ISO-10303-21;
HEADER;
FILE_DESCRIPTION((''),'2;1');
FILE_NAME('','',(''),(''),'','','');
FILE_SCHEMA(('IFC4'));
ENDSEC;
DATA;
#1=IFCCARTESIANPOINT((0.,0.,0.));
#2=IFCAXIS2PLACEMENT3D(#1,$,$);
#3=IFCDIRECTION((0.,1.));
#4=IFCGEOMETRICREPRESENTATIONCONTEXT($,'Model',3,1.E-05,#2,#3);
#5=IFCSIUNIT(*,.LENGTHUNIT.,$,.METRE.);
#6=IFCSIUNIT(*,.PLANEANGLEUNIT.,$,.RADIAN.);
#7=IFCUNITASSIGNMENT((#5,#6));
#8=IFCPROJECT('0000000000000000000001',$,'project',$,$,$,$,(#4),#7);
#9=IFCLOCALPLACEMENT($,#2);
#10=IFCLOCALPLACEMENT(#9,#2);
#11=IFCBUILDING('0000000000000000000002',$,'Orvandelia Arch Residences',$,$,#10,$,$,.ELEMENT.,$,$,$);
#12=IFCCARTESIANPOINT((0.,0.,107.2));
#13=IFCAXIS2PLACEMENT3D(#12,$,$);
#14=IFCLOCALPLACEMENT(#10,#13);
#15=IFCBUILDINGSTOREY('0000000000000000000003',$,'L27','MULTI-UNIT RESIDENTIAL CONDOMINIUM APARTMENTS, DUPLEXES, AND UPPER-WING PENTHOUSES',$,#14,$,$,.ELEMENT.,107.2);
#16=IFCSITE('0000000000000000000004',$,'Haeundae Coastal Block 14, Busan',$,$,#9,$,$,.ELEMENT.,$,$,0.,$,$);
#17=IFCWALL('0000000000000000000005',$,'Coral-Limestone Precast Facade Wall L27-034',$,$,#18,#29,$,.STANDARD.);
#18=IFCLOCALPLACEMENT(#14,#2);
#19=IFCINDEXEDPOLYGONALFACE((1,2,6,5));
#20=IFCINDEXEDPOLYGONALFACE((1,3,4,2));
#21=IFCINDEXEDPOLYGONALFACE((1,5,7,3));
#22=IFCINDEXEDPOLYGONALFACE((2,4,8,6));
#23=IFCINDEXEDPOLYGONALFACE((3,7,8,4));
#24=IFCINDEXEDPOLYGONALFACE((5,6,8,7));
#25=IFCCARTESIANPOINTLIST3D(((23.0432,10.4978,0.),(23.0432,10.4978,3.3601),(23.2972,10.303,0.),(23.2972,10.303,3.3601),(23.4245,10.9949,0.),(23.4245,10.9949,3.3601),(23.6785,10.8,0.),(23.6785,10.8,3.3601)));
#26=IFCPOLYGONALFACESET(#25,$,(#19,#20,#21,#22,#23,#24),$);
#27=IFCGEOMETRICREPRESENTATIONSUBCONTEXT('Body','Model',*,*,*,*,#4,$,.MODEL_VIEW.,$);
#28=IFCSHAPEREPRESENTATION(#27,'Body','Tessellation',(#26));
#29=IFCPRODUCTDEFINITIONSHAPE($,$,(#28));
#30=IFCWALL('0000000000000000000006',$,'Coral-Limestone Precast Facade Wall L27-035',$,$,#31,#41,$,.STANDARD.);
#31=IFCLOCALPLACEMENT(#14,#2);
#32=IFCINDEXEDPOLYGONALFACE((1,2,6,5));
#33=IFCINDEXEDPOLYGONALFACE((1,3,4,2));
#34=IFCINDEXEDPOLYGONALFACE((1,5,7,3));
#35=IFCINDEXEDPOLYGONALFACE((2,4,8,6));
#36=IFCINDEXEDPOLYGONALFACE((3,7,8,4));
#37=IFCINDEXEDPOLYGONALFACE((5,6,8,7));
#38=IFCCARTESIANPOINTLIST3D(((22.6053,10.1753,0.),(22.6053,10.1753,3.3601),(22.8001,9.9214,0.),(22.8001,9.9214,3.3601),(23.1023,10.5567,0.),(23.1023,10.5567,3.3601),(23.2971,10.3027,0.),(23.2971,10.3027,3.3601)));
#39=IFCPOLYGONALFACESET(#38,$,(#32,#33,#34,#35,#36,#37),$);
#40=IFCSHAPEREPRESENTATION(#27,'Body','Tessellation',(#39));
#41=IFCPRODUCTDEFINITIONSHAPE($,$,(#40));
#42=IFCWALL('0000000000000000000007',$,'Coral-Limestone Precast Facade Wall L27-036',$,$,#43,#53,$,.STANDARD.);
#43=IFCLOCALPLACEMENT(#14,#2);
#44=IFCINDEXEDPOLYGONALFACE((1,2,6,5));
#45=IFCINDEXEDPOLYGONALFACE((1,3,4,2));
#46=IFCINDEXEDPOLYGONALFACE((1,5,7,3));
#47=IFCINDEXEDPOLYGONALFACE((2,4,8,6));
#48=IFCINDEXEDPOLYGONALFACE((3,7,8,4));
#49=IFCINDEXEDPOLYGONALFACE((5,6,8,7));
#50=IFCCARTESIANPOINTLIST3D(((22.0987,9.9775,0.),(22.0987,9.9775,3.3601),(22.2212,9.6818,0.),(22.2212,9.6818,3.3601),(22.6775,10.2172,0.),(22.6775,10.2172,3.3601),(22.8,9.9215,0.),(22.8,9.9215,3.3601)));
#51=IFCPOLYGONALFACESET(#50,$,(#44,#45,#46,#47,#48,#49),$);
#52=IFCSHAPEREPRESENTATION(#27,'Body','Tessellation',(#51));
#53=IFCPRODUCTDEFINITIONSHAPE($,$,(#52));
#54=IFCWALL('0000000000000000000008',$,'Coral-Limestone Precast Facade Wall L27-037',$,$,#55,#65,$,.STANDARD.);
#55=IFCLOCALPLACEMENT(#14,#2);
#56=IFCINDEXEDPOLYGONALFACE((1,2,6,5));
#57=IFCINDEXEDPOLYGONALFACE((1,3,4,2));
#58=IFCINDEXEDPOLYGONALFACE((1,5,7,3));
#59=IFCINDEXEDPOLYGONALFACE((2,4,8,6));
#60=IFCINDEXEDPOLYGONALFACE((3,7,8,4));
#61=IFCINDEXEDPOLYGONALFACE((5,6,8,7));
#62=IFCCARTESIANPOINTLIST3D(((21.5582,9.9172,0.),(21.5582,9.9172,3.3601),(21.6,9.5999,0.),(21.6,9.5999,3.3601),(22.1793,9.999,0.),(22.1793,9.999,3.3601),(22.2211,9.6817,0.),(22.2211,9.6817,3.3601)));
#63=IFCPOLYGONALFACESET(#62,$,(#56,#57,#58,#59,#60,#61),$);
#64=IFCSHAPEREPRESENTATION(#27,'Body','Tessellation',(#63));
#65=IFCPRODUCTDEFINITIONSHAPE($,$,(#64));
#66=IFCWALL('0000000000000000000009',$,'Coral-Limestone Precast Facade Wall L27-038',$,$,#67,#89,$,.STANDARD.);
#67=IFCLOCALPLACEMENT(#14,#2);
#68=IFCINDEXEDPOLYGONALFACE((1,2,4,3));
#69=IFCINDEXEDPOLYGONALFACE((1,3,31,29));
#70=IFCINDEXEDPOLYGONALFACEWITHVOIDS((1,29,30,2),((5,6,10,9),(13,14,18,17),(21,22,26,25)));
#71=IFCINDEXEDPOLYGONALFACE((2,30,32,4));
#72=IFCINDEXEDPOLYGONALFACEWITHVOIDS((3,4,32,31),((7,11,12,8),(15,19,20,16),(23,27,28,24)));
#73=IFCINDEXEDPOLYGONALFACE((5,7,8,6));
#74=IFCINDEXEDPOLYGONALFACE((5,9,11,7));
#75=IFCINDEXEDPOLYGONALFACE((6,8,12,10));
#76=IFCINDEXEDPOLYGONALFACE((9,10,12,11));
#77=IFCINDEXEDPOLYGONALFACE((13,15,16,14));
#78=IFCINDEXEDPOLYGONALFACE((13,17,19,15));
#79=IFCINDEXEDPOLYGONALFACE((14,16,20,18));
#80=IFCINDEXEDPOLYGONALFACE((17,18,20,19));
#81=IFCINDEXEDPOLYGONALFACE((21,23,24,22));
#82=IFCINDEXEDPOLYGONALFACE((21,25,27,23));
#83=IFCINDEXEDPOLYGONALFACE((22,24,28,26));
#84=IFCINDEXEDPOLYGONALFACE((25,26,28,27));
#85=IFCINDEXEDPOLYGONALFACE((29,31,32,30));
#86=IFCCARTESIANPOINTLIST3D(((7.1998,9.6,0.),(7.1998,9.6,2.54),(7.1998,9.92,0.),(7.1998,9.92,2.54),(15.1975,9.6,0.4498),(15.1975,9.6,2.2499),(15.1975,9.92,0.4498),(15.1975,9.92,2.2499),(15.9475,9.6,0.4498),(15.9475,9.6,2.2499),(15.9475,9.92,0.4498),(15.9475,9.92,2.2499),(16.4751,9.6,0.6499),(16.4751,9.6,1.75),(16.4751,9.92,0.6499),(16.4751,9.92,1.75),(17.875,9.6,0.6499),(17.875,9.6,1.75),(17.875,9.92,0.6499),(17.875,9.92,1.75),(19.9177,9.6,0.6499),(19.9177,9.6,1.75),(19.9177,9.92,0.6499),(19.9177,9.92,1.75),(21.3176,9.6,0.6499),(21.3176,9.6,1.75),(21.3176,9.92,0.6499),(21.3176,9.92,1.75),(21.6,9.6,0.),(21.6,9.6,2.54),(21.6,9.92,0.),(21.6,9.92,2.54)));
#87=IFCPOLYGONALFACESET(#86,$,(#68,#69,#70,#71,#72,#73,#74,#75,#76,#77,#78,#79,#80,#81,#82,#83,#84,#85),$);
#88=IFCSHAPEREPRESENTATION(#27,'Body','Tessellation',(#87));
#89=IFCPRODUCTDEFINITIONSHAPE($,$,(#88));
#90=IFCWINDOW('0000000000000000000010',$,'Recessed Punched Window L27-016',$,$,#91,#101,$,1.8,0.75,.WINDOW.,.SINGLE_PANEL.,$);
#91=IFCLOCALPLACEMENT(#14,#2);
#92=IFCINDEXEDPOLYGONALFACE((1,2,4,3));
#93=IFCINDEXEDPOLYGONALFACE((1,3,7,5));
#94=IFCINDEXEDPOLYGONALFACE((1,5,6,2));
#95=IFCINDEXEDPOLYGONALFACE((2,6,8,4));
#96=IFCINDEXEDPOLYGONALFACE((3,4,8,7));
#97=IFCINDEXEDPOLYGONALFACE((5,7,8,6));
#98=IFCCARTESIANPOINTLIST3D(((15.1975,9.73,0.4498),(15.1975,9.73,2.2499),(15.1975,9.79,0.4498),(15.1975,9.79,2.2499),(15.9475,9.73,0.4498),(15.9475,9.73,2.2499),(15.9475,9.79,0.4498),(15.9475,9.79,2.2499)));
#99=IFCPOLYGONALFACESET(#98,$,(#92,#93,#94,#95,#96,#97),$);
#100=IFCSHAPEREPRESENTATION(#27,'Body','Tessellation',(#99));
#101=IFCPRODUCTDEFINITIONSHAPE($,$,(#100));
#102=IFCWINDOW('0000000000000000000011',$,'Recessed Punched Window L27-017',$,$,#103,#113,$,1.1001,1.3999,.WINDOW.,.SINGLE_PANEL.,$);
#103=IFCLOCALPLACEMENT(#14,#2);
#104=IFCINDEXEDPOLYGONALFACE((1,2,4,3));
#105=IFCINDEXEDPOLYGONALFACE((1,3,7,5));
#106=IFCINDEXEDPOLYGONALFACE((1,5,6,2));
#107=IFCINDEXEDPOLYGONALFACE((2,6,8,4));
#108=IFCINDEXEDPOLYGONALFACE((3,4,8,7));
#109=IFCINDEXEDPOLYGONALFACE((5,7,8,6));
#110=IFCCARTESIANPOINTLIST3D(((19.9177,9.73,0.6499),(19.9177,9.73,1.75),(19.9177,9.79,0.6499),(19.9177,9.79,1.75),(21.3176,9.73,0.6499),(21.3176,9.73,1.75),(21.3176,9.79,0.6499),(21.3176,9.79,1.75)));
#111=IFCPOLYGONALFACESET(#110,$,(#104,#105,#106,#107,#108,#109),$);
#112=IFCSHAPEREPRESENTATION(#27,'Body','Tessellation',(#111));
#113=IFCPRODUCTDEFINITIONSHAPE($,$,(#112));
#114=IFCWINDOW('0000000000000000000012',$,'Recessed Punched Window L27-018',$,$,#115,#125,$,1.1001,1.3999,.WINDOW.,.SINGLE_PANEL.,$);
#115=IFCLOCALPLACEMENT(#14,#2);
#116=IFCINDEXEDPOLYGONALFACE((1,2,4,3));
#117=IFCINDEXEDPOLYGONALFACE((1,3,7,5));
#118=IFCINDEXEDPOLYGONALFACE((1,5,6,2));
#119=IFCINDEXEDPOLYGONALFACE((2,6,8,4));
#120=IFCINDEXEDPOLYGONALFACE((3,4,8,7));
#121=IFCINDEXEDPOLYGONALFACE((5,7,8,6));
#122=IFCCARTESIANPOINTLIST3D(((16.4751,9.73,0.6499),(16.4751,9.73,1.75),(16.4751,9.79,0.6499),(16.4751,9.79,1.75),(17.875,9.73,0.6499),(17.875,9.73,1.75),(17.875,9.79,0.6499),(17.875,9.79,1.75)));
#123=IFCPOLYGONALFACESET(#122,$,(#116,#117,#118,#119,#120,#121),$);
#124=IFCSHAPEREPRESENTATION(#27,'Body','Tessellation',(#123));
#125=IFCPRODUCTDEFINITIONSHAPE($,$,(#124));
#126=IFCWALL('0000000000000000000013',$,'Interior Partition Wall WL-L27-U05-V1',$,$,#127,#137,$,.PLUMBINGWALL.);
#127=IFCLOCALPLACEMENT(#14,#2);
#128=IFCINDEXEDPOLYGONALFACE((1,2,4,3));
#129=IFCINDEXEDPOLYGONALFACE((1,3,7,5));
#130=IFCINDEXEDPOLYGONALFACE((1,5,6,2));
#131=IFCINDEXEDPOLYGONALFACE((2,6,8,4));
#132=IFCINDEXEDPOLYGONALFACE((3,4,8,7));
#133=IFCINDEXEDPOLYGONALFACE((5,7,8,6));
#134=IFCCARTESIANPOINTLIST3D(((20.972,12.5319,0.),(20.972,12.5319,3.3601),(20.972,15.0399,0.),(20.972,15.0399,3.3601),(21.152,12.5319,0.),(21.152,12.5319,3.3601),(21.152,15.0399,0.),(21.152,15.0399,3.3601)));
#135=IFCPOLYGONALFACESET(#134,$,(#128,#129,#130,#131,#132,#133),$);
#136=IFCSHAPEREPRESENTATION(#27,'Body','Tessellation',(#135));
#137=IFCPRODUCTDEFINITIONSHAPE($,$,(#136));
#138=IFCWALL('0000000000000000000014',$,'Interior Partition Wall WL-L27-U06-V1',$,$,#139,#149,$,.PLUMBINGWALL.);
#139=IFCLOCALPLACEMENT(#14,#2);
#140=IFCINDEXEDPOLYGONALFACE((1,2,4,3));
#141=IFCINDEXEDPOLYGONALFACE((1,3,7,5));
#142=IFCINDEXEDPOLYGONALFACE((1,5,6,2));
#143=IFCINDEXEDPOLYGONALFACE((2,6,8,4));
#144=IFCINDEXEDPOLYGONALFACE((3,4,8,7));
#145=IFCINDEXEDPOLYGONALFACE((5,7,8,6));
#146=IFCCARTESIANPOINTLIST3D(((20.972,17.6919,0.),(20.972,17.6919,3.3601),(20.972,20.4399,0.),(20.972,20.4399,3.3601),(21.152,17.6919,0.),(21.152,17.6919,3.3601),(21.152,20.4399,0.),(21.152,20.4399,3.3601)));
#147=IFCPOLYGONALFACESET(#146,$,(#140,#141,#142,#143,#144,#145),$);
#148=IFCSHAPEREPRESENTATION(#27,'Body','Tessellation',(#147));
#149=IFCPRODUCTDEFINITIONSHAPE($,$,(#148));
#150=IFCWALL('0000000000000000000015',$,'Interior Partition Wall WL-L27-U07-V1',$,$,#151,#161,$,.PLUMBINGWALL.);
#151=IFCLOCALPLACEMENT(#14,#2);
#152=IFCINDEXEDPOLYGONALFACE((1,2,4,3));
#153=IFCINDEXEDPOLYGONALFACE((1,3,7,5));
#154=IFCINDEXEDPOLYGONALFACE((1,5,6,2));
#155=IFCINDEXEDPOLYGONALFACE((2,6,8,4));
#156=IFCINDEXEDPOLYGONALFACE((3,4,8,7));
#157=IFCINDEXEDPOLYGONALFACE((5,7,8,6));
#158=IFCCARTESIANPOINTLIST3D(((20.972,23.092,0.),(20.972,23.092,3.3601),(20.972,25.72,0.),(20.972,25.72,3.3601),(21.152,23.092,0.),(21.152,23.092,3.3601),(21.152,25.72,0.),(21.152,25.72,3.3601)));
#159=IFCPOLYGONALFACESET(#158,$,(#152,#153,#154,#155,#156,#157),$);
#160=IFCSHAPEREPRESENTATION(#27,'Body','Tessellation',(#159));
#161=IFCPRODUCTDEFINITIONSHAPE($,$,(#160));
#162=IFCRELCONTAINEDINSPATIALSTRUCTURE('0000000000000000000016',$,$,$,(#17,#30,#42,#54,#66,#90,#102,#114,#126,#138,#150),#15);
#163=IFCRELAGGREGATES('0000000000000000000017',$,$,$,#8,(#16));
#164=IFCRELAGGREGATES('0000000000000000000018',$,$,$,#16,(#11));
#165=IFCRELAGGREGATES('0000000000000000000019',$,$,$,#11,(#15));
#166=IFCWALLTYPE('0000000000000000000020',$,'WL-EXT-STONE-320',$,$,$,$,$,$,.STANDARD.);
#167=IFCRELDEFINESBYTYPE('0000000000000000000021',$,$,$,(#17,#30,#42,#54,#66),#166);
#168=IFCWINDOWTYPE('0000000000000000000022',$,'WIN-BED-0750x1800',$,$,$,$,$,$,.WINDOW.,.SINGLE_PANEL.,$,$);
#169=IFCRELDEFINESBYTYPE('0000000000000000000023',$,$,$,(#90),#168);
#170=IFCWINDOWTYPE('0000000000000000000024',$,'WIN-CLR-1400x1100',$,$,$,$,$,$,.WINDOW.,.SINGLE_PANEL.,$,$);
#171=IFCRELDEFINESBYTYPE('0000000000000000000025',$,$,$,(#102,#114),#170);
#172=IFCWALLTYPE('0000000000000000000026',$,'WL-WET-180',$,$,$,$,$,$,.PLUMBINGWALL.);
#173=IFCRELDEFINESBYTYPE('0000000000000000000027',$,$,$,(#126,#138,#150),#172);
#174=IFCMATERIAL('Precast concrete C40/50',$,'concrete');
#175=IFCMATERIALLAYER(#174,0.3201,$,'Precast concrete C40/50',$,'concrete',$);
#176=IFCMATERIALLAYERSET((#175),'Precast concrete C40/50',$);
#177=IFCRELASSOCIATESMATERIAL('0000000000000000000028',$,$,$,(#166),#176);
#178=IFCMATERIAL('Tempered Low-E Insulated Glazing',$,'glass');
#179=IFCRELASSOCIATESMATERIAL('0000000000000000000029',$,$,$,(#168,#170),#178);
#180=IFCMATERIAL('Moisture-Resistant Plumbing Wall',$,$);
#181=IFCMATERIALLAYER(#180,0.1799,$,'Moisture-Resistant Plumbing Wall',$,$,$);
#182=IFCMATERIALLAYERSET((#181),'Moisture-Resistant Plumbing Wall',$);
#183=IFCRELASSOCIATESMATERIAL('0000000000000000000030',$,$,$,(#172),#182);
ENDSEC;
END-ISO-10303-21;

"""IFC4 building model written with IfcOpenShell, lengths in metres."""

from ifc_helpers import new_model, si_unit, direction, frame, frame_2d, origin, place, context, subcontext, project, spatial, rectangle, extrude, material, layer, layer_set, type_object, element, fill, save


model = new_model("IFC4")

# Units and contexts
model_context = context("Model", 3, precision=1e-05, world=origin(), true_north=direction((0.0, 1.0)))
body_context = subcontext(model_context, "Body", "Model", "MODEL_VIEW")
ifc_project = project(units=[si_unit("LENGTHUNIT", "METRE"), si_unit("PLANEANGLEUNIT", "RADIAN")], contexts=[model_context])

# Site, building, storey
site_placement = place(None, origin())
site = spatial("IfcSite", under=ifc_project, at=site_placement, Name="Haeundae Coastal Block 14, Busan", CompositionType="ELEMENT", RefElevation=0.0)
building_placement = place(site_placement, origin())
building = spatial("IfcBuilding", under=site, at=building_placement, Name="Orvandelia Arch Residences", CompositionType="ELEMENT")
storey_placement = place(building_placement, frame((0.0, 0.0, 107.2)))
storey = spatial("IfcBuildingStorey", under=building, at=storey_placement, Name="L27", Description="MULTI-UNIT RESIDENTIAL CONDOMINIUM APARTMENTS, DUPLEXES, AND UPPER-WING PENTHOUSES", CompositionType="ELEMENT", Elevation=107.2)

# Walls
ifc_material_1 = material(Name="Precast concrete C40/50", Category="concrete")
ifc_layer_1 = layer(ifc_material_1, 0.3201, Name="Precast concrete C40/50", Category="concrete")
ifc_layer_set_1 = layer_set([ifc_layer_1], Name="Precast concrete C40/50")
wall_type_1 = type_object("IfcWallType", Name="WL-EXT-STONE-320", PredefinedType="STANDARD", material=ifc_layer_set_1)
for number, where, z_axis, x_axis, name in (
    (1, (23.5515, 10.8975, 0.0), (0.0, 0.0, 1.0), (-0.608693, -0.793406, 0.0), "Coral-Limestone Precast Facade Wall L27-034"),
    (2, (23.1997, 10.4297, 0.0), (0.0, 0.0, 1.0), (-0.793406, -0.608693, 0.0), "Coral-Limestone Precast Facade Wall L27-035"),
    (3, (22.7388, 10.0693, 0.0), (0.0, 0.0, 1.0), (-0.923893, -0.38265, 0.0), "Coral-Limestone Precast Facade Wall L27-036"),
    (4, (22.2002, 9.8403, 0.0), (0.0, 0.0, 1.0), (-0.991441, -0.130555, 0.0), "Coral-Limestone Precast Facade Wall L27-037"),
):
    element("IfcWall", number, at=place(storey_placement, frame(where, z_axis=z_axis, x_axis=x_axis)), inside=storey, type_object=wall_type_1, Name=name, PredefinedType="STANDARD", context=body_context, shape_type="SweptSolid", body=[
        extrude(rectangle(XDim=0.6265, YDim=0.3201, at=frame_2d((0.3132, 0.0))), origin(), (0.0, 0.0, 1.0), 3.3601),
    ])

# Wall, openings, windows
wall_1_placement = place(storey_placement, frame((21.6001, 9.76, 0.0), z_axis=(0.0, 0.0, 1.0), x_axis=(-1.0, 0.0, 0.0)))
wall_1 = element("IfcWall", 5, at=wall_1_placement, inside=storey, type_object=wall_type_1, Name="Coral-Limestone Precast Facade Wall L27-038", PredefinedType="STANDARD", context=body_context, shape_type="SweptSolid", body=[
    extrude(rectangle(XDim=14.4001, YDim=0.3201, at=frame_2d((7.2002, 0.0))), origin(), (0.0, 0.0, 1.0), 2.54),
])
opening_1_placement = place(wall_1_placement, frame((5.6526, 0.0, 0.45)))
opening_1 = element("IfcOpeningElement", 6, at=opening_1_placement, cuts=wall_1, PredefinedType="OPENING", context=body_context, shape_type="SweptSolid", body=[
    extrude(rectangle(XDim=0.75, YDim=1.8, at=frame_2d((0.375, 0.8999))), frame((0.0, 0.1699, 0.0), z_axis=(0.0, -1.0, 0.0), x_axis=(1.0, 0.0, 0.0)), (0.0, 0.0, 1.0), 0.3401),
])
opening_2_placement = place(wall_1_placement, frame((0.2825, 0.0, 0.6499)))
opening_2 = element("IfcOpeningElement", 7, at=opening_2_placement, cuts=wall_1, PredefinedType="OPENING", context=body_context, shape_type="SweptSolid", body=[
    extrude(rectangle(XDim=1.3999, YDim=1.1001, at=frame_2d((0.7, 0.55))), frame((0.0, 0.1699, 0.0), z_axis=(0.0, -1.0, 0.0), x_axis=(1.0, 0.0, 0.0)), (0.0, 0.0, 1.0), 0.3401),
])
opening_3_placement = place(wall_1_placement, frame((3.7251, 0.0, 0.6499)))
opening_3 = element("IfcOpeningElement", 8, at=opening_3_placement, cuts=wall_1, PredefinedType="OPENING", context=body_context, shape_type="SweptSolid", body=[
    extrude(rectangle(XDim=1.3999, YDim=1.1001, at=frame_2d((0.7, 0.55))), frame((0.0, 0.1699, 0.0), z_axis=(0.0, -1.0, 0.0), x_axis=(1.0, 0.0, 0.0)), (0.0, 0.0, 1.0), 0.3401),
])
ifc_material_2 = material(Name="Tempered Low-E Insulated Glazing", Category="glass")
window_type_1 = type_object("IfcWindowType", Name="WIN-BED-0750x1800", PartitioningType="SINGLE_PANEL", PredefinedType="WINDOW", material=ifc_material_2)
window_1_placement = place(opening_1_placement, origin())
window_1 = element("IfcWindow", 9, at=window_1_placement, inside=storey, type_object=window_type_1, Name="Recessed Punched Window L27-016", OverallHeight=1.8, OverallWidth=0.75, PartitioningType="SINGLE_PANEL", PredefinedType="WINDOW", context=body_context, shape_type="SweptSolid", body=[
    extrude(rectangle(XDim=0.75, YDim=1.8, at=frame_2d((0.375, 0.8999))), frame((0.0, 0.03, 0.0), z_axis=(0.0, -1.0, 0.0), x_axis=(1.0, 0.0, 0.0)), (0.0, 0.0, 1.0), 0.0601),
])
fill(opening_1, window_1)
window_type_2 = type_object("IfcWindowType", Name="WIN-CLR-1400x1100", PartitioningType="SINGLE_PANEL", PredefinedType="WINDOW", material=ifc_material_2)
window_2_placement = place(opening_2_placement, origin())
window_2 = element("IfcWindow", 10, at=window_2_placement, inside=storey, type_object=window_type_2, Name="Recessed Punched Window L27-017", OverallHeight=1.1001, OverallWidth=1.3999, PartitioningType="SINGLE_PANEL", PredefinedType="WINDOW", context=body_context, shape_type="SweptSolid", body=[
    extrude(rectangle(XDim=1.3999, YDim=1.1001, at=frame_2d((0.7, 0.55))), frame((0.0, 0.03, 0.0), z_axis=(0.0, -1.0, 0.0), x_axis=(1.0, 0.0, 0.0)), (0.0, 0.0, 1.0), 0.0601),
])
fill(opening_2, window_2)
window_3_placement = place(opening_3_placement, origin())
window_3 = element("IfcWindow", 11, at=window_3_placement, inside=storey, type_object=window_type_2, Name="Recessed Punched Window L27-018", OverallHeight=1.1001, OverallWidth=1.3999, PartitioningType="SINGLE_PANEL", PredefinedType="WINDOW", context=body_context, shape_type="SweptSolid", body=[
    extrude(rectangle(XDim=1.3999, YDim=1.1001, at=frame_2d((0.7, 0.55))), frame((0.0, 0.03, 0.0), z_axis=(0.0, -1.0, 0.0), x_axis=(1.0, 0.0, 0.0)), (0.0, 0.0, 1.0), 0.0601),
])
fill(opening_3, window_3)

# Walls
ifc_material_3 = material(Name="Moisture-Resistant Plumbing Wall")
ifc_layer_2 = layer(ifc_material_3, 0.1799, Name="Moisture-Resistant Plumbing Wall")
ifc_layer_set_2 = layer_set([ifc_layer_2], Name="Moisture-Resistant Plumbing Wall")
wall_type_2 = type_object("IfcWallType", Name="WL-WET-180", PredefinedType="PLUMBINGWALL", material=ifc_layer_set_2)
wall_2_placement = place(storey_placement, frame((21.062, 12.532, 0.0), z_axis=(0.0, 0.0, 1.0), x_axis=(0.0, 1.0, 0.0)))
element("IfcWall", 12, at=wall_2_placement, inside=storey, type_object=wall_type_2, Name="Interior Partition Wall WL-L27-U05-V1", PredefinedType="PLUMBINGWALL", context=body_context, shape_type="SweptSolid", body=[
    extrude(rectangle(XDim=2.5081, YDim=0.1799, at=frame_2d((1.2539, 0.0))), origin(), (0.0, 0.0, 1.0), 3.3601),
])
wall_3_placement = place(storey_placement, frame((21.062, 17.6919, 0.0), z_axis=(0.0, 0.0, 1.0), x_axis=(0.0, 1.0, 0.0)))
element("IfcWall", 13, at=wall_3_placement, inside=storey, type_object=wall_type_2, Name="Interior Partition Wall WL-L27-U06-V1", PredefinedType="PLUMBINGWALL", context=body_context, shape_type="SweptSolid", body=[
    extrude(rectangle(XDim=2.748, YDim=0.1799, at=frame_2d((1.374, 0.0))), origin(), (0.0, 0.0, 1.0), 3.3601),
])
wall_4_placement = place(storey_placement, frame((21.062, 23.092, 0.0), z_axis=(0.0, 0.0, 1.0), x_axis=(0.0, 1.0, 0.0)))
element("IfcWall", 14, at=wall_4_placement, inside=storey, type_object=wall_type_2, Name="Interior Partition Wall WL-L27-U07-V1", PredefinedType="PLUMBINGWALL", context=body_context, shape_type="SweptSolid", body=[
    extrude(rectangle(XDim=2.6279, YDim=0.1799, at=frame_2d((1.314, 0.0))), origin(), (0.0, 0.0, 1.0), 3.3601),
])

save(model, "model.ifc")
